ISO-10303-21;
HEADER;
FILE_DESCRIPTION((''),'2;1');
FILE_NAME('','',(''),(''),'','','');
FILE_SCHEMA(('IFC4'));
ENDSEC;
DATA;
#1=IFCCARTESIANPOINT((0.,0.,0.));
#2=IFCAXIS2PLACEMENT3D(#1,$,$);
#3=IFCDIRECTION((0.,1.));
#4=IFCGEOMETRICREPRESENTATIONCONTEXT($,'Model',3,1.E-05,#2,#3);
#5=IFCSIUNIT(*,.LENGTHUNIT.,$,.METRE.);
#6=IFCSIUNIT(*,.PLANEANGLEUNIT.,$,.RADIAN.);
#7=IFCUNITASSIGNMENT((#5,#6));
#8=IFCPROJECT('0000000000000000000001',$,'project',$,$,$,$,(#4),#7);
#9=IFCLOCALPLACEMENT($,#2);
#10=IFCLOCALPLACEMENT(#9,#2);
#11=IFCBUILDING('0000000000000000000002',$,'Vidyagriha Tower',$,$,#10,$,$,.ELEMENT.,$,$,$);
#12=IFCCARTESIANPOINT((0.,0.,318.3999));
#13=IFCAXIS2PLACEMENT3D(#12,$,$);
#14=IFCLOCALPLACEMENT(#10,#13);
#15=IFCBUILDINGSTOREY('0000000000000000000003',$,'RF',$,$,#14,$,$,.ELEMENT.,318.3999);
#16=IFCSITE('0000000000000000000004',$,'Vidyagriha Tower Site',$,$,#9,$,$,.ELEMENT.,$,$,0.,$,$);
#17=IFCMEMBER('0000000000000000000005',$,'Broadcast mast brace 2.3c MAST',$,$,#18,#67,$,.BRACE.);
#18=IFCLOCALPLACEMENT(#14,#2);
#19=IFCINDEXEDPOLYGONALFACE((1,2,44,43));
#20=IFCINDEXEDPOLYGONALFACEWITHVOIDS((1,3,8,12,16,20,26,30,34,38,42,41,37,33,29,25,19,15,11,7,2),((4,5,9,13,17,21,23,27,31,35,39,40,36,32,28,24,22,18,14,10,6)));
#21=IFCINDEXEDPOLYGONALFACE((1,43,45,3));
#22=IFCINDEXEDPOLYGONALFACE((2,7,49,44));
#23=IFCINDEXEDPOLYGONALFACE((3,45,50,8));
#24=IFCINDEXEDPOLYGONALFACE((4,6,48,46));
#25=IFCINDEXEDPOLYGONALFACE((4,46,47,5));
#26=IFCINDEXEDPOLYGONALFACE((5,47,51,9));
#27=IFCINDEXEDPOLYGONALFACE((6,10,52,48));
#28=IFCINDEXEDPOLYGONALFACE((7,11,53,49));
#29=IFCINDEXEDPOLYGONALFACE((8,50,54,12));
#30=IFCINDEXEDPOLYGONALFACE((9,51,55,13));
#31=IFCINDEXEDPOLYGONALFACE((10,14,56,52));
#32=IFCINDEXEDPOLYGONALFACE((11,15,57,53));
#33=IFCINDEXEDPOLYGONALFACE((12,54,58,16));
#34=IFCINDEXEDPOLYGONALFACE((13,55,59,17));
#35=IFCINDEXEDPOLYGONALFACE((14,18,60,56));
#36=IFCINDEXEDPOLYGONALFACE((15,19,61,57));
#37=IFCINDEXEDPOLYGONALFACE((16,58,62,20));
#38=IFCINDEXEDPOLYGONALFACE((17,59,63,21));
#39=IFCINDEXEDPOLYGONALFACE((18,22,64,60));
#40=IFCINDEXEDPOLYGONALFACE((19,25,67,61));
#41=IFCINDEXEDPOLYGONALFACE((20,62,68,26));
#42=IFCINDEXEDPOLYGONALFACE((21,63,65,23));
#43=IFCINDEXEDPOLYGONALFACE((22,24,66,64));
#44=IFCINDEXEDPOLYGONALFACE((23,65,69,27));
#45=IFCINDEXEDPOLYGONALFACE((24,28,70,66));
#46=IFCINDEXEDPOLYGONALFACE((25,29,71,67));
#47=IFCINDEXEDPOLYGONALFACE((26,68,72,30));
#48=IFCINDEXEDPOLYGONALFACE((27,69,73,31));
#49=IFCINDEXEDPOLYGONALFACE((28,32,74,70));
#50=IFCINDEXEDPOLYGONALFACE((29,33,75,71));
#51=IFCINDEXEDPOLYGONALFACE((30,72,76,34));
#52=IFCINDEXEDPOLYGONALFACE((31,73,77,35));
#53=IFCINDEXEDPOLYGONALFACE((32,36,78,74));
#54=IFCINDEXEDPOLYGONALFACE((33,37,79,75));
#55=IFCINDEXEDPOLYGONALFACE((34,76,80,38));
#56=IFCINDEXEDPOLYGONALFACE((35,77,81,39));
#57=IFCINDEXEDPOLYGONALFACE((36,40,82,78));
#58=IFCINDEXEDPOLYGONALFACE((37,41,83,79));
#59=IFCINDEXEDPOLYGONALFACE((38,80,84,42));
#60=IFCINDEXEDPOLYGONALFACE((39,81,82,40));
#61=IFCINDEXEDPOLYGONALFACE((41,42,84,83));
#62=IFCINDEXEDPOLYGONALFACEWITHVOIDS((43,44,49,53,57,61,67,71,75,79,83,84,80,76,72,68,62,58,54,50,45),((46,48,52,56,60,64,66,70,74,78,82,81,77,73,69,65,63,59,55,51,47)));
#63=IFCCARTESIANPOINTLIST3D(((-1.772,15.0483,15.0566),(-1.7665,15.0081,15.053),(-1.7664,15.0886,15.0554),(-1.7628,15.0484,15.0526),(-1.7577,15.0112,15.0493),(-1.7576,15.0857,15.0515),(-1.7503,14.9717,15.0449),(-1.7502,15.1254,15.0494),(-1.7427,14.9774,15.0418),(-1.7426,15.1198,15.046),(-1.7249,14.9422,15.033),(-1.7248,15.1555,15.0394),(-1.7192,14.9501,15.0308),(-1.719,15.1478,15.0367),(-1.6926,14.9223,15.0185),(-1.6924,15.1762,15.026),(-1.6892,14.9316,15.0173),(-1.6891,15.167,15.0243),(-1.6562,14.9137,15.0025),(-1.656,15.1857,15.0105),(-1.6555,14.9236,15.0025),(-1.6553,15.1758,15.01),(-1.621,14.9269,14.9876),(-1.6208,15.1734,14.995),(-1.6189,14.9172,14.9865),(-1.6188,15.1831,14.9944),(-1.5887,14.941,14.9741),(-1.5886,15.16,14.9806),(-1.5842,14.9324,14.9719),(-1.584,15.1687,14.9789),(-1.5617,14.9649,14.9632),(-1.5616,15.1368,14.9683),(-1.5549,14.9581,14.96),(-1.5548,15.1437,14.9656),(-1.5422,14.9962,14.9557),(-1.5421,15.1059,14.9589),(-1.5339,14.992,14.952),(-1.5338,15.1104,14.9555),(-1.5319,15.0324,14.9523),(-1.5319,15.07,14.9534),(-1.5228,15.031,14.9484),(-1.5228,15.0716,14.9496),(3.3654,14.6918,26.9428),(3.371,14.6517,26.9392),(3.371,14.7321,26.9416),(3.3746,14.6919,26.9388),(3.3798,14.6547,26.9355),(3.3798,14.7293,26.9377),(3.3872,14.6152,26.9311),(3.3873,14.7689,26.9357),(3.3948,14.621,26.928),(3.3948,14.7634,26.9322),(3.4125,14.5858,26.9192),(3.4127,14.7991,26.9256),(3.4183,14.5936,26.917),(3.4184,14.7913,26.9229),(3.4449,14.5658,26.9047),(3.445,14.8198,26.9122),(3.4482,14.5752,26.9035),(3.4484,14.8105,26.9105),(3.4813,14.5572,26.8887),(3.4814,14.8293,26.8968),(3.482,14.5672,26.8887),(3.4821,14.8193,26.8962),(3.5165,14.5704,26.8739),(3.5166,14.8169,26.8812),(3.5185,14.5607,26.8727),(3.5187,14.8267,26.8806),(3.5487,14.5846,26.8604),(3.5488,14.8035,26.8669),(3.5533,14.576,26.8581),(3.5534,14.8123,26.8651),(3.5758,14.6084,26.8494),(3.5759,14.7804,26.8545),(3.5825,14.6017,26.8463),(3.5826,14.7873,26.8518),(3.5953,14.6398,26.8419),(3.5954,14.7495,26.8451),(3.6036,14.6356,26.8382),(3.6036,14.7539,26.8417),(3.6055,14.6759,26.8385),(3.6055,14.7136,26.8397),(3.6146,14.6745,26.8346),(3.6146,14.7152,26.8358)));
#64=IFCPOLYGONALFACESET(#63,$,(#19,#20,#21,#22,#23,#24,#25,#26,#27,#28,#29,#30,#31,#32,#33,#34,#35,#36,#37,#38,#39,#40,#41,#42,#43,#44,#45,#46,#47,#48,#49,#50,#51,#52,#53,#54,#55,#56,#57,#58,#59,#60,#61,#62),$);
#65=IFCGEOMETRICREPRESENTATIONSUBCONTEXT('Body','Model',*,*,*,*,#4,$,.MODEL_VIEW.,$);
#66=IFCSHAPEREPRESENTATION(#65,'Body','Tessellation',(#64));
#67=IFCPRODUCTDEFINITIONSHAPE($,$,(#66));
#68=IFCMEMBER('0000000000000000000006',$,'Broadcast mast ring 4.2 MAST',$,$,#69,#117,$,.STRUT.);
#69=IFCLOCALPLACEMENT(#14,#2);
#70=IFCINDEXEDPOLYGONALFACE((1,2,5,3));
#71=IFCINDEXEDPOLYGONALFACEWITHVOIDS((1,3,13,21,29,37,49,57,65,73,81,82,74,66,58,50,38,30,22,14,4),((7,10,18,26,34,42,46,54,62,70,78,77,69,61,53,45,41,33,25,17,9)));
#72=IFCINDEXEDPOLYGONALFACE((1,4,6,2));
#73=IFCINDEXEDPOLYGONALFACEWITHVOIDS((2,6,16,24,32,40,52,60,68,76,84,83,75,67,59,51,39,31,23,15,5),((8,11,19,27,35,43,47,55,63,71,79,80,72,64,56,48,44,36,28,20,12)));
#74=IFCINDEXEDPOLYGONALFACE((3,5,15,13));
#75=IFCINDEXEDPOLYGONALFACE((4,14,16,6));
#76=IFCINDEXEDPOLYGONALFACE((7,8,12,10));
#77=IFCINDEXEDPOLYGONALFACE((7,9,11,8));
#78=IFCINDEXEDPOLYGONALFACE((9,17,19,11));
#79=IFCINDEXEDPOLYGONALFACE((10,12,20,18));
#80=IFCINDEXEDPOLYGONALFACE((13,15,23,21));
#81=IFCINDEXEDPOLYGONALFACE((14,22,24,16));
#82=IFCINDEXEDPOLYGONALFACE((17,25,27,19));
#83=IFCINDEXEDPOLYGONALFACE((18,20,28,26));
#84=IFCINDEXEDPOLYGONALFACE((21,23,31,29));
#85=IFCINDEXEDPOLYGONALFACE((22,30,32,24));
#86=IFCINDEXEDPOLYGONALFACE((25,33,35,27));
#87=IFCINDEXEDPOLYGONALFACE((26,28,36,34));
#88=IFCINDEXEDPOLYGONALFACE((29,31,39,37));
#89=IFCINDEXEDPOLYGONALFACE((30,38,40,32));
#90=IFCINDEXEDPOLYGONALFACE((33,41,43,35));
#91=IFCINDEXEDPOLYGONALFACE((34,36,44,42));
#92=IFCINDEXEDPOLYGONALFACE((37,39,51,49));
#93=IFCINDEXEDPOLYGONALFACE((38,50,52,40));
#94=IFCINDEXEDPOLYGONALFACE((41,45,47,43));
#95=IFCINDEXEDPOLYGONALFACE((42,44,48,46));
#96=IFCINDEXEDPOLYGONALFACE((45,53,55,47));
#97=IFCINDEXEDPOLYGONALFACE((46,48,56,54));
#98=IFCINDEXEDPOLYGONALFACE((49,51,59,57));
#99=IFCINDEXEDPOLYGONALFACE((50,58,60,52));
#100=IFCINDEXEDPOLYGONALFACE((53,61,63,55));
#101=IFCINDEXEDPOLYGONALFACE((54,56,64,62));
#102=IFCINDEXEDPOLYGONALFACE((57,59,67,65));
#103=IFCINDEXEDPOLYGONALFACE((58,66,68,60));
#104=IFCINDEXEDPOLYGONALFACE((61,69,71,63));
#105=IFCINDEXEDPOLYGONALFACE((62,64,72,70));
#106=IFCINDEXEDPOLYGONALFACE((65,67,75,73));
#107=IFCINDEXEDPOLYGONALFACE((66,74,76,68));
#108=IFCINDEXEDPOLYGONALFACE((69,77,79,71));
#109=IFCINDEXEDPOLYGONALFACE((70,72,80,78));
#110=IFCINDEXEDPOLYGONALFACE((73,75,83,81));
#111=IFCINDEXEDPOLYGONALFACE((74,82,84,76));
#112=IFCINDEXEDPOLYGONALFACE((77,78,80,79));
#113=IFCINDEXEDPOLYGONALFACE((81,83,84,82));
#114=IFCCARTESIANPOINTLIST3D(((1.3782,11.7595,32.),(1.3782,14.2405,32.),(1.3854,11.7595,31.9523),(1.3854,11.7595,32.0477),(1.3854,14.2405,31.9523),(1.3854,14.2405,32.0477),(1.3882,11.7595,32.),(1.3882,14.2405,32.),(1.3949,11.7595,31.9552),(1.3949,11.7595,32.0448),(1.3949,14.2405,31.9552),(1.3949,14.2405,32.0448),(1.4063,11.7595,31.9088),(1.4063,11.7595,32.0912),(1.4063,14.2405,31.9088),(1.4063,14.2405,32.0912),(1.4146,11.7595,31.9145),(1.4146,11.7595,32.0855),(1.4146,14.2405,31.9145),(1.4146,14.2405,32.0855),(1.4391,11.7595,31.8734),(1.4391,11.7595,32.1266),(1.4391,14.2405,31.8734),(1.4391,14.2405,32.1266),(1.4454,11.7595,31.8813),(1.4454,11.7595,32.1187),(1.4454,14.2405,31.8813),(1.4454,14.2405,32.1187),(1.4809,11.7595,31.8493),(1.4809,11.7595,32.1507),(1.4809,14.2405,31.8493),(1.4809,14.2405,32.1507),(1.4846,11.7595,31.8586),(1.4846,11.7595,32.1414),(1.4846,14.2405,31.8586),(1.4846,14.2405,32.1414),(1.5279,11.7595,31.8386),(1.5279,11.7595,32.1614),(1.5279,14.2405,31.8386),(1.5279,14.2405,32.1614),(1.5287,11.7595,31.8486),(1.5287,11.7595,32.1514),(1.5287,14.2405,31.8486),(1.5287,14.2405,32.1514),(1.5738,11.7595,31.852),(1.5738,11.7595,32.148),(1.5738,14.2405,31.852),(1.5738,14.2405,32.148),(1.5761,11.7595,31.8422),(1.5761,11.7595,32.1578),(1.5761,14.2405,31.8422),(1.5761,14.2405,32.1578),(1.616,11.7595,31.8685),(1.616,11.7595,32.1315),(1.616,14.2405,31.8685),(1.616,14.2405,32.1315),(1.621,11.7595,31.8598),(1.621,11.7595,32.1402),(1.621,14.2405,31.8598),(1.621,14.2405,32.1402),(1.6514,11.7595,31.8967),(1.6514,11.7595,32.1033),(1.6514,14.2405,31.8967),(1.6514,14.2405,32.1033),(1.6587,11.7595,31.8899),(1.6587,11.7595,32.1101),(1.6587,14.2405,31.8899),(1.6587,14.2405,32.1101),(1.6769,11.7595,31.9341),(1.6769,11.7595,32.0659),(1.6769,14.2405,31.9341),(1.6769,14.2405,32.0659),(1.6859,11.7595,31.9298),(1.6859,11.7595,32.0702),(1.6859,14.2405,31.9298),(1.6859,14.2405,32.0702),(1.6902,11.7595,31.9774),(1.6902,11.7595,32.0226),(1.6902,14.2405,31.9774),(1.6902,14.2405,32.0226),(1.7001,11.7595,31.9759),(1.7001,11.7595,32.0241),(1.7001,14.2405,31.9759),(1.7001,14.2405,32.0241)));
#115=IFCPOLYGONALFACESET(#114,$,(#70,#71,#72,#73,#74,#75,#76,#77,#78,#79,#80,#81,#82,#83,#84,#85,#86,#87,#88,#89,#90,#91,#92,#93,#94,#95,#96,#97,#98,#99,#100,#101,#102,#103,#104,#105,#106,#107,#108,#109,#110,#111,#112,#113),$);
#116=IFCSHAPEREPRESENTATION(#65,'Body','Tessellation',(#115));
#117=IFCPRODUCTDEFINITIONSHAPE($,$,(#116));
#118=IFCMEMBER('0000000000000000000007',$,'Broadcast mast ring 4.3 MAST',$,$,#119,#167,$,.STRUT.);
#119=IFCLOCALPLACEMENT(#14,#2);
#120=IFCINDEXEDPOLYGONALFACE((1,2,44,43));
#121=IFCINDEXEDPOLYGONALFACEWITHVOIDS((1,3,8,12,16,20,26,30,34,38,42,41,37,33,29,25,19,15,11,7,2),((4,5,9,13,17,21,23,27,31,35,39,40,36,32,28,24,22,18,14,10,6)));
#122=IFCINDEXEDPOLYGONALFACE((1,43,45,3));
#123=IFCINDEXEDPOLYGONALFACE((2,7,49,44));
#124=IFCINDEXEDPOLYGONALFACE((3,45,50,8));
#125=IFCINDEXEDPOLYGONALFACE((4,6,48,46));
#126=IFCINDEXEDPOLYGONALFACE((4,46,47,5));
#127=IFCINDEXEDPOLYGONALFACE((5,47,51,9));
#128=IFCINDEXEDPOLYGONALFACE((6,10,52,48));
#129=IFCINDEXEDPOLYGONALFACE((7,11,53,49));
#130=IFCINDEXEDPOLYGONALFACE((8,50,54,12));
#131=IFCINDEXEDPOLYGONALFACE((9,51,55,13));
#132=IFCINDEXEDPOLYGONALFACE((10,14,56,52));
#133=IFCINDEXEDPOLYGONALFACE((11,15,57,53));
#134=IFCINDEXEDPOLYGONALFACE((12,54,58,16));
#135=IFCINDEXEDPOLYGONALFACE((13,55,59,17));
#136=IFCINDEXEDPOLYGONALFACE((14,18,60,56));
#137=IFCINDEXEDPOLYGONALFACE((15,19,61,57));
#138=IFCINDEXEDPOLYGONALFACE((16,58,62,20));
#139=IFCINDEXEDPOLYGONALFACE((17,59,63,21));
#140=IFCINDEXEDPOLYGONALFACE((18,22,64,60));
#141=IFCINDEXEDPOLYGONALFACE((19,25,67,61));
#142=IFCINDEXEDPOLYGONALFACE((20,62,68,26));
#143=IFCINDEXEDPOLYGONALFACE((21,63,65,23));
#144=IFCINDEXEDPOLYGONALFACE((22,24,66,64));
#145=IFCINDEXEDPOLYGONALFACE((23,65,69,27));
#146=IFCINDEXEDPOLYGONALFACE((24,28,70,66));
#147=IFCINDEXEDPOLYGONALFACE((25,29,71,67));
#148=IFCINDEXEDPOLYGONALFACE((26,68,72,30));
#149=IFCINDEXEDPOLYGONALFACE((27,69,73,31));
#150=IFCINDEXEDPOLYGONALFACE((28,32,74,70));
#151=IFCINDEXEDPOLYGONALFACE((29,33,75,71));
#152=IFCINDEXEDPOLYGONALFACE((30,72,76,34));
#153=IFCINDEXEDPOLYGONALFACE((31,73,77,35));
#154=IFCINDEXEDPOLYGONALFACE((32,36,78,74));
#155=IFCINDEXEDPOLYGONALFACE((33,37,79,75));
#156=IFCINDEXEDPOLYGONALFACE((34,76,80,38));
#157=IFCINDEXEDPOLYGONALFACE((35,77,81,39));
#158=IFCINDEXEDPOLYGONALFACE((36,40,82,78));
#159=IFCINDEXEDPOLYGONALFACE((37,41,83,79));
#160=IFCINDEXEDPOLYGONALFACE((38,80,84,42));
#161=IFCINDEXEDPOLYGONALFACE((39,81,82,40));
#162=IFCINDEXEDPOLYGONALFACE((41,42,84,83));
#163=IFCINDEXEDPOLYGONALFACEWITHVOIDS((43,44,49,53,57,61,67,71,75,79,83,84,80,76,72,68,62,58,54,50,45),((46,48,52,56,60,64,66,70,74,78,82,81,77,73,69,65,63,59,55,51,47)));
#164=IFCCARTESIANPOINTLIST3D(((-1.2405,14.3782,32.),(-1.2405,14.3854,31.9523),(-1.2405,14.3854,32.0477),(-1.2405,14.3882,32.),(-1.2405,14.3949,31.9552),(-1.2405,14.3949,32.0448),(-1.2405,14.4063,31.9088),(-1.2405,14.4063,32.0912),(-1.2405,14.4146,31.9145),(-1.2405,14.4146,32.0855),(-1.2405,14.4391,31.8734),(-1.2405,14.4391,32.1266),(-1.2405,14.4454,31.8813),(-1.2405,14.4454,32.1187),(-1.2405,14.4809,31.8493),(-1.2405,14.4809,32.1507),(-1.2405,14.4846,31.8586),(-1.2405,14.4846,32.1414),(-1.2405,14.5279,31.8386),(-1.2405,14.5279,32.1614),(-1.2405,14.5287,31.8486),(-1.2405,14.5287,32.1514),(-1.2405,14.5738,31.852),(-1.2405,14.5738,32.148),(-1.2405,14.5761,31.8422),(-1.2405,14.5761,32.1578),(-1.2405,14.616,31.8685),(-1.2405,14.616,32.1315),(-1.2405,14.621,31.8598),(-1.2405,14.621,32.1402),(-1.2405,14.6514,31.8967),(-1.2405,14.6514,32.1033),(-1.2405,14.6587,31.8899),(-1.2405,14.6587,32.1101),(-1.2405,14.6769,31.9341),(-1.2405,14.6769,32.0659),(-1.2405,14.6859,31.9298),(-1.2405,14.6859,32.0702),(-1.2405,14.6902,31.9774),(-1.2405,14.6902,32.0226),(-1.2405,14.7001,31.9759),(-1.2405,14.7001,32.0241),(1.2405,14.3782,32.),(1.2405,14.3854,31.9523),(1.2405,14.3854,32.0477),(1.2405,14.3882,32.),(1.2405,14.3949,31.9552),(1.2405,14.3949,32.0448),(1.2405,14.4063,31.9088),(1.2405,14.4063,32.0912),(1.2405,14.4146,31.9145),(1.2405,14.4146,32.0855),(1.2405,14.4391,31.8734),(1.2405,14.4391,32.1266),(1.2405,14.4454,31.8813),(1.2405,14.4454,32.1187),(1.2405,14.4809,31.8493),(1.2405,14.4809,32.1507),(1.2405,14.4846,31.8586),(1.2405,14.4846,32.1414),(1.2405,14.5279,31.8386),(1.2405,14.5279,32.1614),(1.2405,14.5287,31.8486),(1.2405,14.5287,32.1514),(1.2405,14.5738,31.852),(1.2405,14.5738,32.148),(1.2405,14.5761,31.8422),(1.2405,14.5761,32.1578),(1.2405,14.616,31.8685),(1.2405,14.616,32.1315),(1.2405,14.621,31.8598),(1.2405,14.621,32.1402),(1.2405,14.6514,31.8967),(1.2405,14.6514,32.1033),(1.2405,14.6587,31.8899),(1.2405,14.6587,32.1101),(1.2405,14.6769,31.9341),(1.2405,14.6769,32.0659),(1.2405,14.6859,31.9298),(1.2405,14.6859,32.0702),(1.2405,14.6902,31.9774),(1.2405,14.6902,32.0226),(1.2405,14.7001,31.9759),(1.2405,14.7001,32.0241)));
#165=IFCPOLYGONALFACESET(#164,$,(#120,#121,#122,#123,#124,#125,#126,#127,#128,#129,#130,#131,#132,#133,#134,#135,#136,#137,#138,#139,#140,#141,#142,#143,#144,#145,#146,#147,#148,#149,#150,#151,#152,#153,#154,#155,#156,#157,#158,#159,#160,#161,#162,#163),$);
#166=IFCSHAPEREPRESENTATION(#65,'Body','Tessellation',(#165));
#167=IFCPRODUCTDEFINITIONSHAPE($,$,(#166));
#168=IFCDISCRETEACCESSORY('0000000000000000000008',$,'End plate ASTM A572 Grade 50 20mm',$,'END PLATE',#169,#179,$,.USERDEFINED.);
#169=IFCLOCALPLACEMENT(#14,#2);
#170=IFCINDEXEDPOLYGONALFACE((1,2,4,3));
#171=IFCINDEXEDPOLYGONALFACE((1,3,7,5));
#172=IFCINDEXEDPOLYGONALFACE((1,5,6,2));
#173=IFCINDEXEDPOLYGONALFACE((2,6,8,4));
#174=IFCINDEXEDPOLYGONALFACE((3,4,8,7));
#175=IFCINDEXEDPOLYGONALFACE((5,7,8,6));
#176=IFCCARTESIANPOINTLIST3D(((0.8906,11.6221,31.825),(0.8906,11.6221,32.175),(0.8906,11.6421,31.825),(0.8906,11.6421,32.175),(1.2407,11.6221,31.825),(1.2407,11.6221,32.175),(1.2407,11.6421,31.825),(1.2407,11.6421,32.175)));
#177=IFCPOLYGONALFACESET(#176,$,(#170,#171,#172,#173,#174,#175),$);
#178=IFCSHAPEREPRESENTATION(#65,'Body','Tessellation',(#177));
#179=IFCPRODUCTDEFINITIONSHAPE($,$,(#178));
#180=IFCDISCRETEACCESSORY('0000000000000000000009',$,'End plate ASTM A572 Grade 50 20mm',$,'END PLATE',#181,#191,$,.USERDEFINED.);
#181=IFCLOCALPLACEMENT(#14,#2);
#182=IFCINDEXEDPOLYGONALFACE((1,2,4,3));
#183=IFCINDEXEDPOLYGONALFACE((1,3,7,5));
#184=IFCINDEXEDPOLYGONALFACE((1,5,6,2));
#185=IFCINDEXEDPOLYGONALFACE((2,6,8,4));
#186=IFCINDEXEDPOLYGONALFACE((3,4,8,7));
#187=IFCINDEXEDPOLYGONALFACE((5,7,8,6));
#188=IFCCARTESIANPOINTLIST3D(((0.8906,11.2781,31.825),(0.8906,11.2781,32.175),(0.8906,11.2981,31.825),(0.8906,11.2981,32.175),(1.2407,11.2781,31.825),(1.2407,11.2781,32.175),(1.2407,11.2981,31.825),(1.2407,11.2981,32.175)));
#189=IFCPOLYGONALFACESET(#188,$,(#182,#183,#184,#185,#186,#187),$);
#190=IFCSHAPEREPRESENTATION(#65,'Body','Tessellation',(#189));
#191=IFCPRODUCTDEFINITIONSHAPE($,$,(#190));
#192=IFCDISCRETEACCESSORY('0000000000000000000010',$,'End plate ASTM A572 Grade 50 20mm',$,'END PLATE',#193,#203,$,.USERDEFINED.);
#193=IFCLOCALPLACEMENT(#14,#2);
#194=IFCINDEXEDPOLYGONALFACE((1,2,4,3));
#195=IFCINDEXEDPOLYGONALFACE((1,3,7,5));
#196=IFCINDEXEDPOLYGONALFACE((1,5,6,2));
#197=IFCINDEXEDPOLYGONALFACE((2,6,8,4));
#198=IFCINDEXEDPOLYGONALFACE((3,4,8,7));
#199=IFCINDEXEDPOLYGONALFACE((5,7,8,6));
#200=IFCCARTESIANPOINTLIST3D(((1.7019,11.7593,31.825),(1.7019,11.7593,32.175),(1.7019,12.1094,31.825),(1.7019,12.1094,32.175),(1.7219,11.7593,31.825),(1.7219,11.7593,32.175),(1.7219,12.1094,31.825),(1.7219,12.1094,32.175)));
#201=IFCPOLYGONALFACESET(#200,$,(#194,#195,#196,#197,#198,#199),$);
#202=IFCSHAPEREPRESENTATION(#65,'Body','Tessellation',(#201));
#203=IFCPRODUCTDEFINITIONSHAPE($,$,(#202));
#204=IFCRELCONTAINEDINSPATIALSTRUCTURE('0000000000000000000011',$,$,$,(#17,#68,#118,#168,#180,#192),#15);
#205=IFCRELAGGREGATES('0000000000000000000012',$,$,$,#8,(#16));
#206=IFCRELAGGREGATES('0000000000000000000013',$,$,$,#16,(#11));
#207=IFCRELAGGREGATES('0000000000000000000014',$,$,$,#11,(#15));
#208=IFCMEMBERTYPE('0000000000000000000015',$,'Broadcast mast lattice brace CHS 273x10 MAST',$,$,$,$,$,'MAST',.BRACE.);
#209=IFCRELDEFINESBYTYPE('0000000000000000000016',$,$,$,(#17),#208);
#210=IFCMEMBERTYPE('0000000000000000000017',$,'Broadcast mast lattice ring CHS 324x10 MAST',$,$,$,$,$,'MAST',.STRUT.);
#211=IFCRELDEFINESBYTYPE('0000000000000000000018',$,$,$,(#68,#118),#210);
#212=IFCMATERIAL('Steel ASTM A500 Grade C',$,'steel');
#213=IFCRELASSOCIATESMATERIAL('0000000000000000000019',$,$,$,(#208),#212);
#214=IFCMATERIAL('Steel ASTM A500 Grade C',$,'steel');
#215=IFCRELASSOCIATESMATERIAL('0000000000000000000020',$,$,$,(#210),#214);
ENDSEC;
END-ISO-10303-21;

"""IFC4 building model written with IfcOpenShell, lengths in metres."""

from ifc_helpers import new_model, si_unit, direction, frame, origin, origin_2d, place, context, subcontext, project, spatial, rectangle, hollow_circle, extrude, material, material_profile, profile_set, type_object, element, save


model = new_model("IFC4")

# Units and contexts
model_context = context("Model", 3, precision=1e-05, world=origin(), true_north=direction((0.0, 1.0)))
body_context = subcontext(model_context, "Body", "Model", "MODEL_VIEW")
ifc_project = project(units=[si_unit("LENGTHUNIT", "METRE"), si_unit("PLANEANGLEUNIT", "RADIAN")], contexts=[model_context])

# Site, building, storey
site_placement = place(None, origin())
site = spatial("IfcSite", under=ifc_project, at=site_placement, Name="Vidyagriha Tower Site", CompositionType="ELEMENT", RefElevation=0.0)
building_placement = place(site_placement, origin())
building = spatial("IfcBuilding", under=site, at=building_placement, Name="Vidyagriha Tower", CompositionType="ELEMENT")
storey_placement = place(building_placement, frame((0.0, 0.0, 318.3999)))
storey = spatial("IfcBuildingStorey", under=building, at=storey_placement, Name="RF", CompositionType="ELEMENT", Elevation=318.3999)

# Members
ifc_material_1 = material(Name="Steel ASTM A500 Grade C", Category="steel")
ifc_material_profile_1 = material_profile(ifc_material_1, hollow_circle(Radius=0.1365, WallThickness=0.01, at=origin_2d()), Name="Broadcast mast lattice brace CHS 273x10 MAST")
ifc_profile_set_1 = profile_set([ifc_material_profile_1], Name="Steel ASTM A500 Grade C")
member_type_1 = type_object("IfcMemberType", Name="Broadcast mast lattice brace CHS 273x10 MAST", ElementType="MAST", PredefinedType="BRACE", material=ifc_profile_set_1)
for number, where, z_axis, x_axis, name in (
    (1, (3.4907, 14.6934, 26.8887), (-0.396596, 0.027516, -0.917581), (-0.069215, -0.997602, 0.0), "Broadcast mast brace 2.3c MAST"),
):
    element("IfcMember", number, at=place(storey_placement, frame(where, z_axis=z_axis, x_axis=x_axis)), inside=storey, type_object=member_type_1, Name=name, PredefinedType="BRACE", context=body_context, shape_type="SweptSolid", body=[
        extrude(hollow_circle(Radius=0.1365, WallThickness=0.01, at=origin_2d()), origin(), (0.0, 0.0, 1.0), 12.9539),
    ])
ifc_material_2 = material(Name="Steel ASTM A500 Grade C", Category="steel")
ifc_material_profile_2 = material_profile(ifc_material_2, hollow_circle(Radius=0.1619, WallThickness=0.01, at=origin_2d()), Name="Broadcast mast lattice ring CHS 324x10 MAST")
ifc_profile_set_2 = profile_set([ifc_material_profile_2], Name="Steel ASTM A500 Grade C")
member_type_2 = type_object("IfcMemberType", Name="Broadcast mast lattice ring CHS 324x10 MAST", ElementType="MAST", PredefinedType="STRUT", material=ifc_profile_set_2)
for number, where, z_axis, x_axis, name in (
    (2, (1.54, 11.7595, 32.0), (0.0, 1.0, 0.0), (-1.0, 0.0, 0.0), "Broadcast mast ring 4.2 MAST"),
    (3, (1.2405, 14.54, 32.0), (-1.0, 0.0, 0.0), (0.0, -1.0, 0.0), "Broadcast mast ring 4.3 MAST"),
):
    element("IfcMember", number, at=place(storey_placement, frame(where, z_axis=z_axis, x_axis=x_axis)), inside=storey, type_object=member_type_2, Name=name, PredefinedType="STRUT", context=body_context, shape_type="SweptSolid", body=[
        extrude(hollow_circle(Radius=0.1619, WallThickness=0.01, at=origin_2d()), origin(), (0.0, 0.0, 1.0), 2.481),
    ])

# Discrete accessories
for number, where, name in (
    (4, (1.0657, 11.6321, 31.825), "End plate ASTM A572 Grade 50 20mm"),
    (5, (1.0657, 11.2881, 31.825), "End plate ASTM A572 Grade 50 20mm"),
):
    element("IfcDiscreteAccessory", number, at=place(storey_placement, frame(where)), inside=storey, Name=name, ObjectType="END PLATE", PredefinedType="USERDEFINED", context=body_context, shape_type="SweptSolid", body=[
        extrude(rectangle(XDim=0.3501, YDim=0.02, at=origin_2d()), origin(), (0.0, 0.0, 1.0), 0.3501),
    ])
for number, where, z_axis, x_axis, name in (
    (6, (1.7119, 11.9343, 31.825), (0.0, 0.0, 1.0), (0.0, -1.0, 0.0), "End plate ASTM A572 Grade 50 20mm"),
):
    element("IfcDiscreteAccessory", number, at=place(storey_placement, frame(where, z_axis=z_axis, x_axis=x_axis)), inside=storey, Name=name, ObjectType="END PLATE", PredefinedType="USERDEFINED", context=body_context, shape_type="SweptSolid", body=[
        extrude(rectangle(XDim=0.3501, YDim=0.02, at=origin_2d()), origin(), (0.0, 0.0, 1.0), 0.3501),
    ])

save(model, "model.ifc")
